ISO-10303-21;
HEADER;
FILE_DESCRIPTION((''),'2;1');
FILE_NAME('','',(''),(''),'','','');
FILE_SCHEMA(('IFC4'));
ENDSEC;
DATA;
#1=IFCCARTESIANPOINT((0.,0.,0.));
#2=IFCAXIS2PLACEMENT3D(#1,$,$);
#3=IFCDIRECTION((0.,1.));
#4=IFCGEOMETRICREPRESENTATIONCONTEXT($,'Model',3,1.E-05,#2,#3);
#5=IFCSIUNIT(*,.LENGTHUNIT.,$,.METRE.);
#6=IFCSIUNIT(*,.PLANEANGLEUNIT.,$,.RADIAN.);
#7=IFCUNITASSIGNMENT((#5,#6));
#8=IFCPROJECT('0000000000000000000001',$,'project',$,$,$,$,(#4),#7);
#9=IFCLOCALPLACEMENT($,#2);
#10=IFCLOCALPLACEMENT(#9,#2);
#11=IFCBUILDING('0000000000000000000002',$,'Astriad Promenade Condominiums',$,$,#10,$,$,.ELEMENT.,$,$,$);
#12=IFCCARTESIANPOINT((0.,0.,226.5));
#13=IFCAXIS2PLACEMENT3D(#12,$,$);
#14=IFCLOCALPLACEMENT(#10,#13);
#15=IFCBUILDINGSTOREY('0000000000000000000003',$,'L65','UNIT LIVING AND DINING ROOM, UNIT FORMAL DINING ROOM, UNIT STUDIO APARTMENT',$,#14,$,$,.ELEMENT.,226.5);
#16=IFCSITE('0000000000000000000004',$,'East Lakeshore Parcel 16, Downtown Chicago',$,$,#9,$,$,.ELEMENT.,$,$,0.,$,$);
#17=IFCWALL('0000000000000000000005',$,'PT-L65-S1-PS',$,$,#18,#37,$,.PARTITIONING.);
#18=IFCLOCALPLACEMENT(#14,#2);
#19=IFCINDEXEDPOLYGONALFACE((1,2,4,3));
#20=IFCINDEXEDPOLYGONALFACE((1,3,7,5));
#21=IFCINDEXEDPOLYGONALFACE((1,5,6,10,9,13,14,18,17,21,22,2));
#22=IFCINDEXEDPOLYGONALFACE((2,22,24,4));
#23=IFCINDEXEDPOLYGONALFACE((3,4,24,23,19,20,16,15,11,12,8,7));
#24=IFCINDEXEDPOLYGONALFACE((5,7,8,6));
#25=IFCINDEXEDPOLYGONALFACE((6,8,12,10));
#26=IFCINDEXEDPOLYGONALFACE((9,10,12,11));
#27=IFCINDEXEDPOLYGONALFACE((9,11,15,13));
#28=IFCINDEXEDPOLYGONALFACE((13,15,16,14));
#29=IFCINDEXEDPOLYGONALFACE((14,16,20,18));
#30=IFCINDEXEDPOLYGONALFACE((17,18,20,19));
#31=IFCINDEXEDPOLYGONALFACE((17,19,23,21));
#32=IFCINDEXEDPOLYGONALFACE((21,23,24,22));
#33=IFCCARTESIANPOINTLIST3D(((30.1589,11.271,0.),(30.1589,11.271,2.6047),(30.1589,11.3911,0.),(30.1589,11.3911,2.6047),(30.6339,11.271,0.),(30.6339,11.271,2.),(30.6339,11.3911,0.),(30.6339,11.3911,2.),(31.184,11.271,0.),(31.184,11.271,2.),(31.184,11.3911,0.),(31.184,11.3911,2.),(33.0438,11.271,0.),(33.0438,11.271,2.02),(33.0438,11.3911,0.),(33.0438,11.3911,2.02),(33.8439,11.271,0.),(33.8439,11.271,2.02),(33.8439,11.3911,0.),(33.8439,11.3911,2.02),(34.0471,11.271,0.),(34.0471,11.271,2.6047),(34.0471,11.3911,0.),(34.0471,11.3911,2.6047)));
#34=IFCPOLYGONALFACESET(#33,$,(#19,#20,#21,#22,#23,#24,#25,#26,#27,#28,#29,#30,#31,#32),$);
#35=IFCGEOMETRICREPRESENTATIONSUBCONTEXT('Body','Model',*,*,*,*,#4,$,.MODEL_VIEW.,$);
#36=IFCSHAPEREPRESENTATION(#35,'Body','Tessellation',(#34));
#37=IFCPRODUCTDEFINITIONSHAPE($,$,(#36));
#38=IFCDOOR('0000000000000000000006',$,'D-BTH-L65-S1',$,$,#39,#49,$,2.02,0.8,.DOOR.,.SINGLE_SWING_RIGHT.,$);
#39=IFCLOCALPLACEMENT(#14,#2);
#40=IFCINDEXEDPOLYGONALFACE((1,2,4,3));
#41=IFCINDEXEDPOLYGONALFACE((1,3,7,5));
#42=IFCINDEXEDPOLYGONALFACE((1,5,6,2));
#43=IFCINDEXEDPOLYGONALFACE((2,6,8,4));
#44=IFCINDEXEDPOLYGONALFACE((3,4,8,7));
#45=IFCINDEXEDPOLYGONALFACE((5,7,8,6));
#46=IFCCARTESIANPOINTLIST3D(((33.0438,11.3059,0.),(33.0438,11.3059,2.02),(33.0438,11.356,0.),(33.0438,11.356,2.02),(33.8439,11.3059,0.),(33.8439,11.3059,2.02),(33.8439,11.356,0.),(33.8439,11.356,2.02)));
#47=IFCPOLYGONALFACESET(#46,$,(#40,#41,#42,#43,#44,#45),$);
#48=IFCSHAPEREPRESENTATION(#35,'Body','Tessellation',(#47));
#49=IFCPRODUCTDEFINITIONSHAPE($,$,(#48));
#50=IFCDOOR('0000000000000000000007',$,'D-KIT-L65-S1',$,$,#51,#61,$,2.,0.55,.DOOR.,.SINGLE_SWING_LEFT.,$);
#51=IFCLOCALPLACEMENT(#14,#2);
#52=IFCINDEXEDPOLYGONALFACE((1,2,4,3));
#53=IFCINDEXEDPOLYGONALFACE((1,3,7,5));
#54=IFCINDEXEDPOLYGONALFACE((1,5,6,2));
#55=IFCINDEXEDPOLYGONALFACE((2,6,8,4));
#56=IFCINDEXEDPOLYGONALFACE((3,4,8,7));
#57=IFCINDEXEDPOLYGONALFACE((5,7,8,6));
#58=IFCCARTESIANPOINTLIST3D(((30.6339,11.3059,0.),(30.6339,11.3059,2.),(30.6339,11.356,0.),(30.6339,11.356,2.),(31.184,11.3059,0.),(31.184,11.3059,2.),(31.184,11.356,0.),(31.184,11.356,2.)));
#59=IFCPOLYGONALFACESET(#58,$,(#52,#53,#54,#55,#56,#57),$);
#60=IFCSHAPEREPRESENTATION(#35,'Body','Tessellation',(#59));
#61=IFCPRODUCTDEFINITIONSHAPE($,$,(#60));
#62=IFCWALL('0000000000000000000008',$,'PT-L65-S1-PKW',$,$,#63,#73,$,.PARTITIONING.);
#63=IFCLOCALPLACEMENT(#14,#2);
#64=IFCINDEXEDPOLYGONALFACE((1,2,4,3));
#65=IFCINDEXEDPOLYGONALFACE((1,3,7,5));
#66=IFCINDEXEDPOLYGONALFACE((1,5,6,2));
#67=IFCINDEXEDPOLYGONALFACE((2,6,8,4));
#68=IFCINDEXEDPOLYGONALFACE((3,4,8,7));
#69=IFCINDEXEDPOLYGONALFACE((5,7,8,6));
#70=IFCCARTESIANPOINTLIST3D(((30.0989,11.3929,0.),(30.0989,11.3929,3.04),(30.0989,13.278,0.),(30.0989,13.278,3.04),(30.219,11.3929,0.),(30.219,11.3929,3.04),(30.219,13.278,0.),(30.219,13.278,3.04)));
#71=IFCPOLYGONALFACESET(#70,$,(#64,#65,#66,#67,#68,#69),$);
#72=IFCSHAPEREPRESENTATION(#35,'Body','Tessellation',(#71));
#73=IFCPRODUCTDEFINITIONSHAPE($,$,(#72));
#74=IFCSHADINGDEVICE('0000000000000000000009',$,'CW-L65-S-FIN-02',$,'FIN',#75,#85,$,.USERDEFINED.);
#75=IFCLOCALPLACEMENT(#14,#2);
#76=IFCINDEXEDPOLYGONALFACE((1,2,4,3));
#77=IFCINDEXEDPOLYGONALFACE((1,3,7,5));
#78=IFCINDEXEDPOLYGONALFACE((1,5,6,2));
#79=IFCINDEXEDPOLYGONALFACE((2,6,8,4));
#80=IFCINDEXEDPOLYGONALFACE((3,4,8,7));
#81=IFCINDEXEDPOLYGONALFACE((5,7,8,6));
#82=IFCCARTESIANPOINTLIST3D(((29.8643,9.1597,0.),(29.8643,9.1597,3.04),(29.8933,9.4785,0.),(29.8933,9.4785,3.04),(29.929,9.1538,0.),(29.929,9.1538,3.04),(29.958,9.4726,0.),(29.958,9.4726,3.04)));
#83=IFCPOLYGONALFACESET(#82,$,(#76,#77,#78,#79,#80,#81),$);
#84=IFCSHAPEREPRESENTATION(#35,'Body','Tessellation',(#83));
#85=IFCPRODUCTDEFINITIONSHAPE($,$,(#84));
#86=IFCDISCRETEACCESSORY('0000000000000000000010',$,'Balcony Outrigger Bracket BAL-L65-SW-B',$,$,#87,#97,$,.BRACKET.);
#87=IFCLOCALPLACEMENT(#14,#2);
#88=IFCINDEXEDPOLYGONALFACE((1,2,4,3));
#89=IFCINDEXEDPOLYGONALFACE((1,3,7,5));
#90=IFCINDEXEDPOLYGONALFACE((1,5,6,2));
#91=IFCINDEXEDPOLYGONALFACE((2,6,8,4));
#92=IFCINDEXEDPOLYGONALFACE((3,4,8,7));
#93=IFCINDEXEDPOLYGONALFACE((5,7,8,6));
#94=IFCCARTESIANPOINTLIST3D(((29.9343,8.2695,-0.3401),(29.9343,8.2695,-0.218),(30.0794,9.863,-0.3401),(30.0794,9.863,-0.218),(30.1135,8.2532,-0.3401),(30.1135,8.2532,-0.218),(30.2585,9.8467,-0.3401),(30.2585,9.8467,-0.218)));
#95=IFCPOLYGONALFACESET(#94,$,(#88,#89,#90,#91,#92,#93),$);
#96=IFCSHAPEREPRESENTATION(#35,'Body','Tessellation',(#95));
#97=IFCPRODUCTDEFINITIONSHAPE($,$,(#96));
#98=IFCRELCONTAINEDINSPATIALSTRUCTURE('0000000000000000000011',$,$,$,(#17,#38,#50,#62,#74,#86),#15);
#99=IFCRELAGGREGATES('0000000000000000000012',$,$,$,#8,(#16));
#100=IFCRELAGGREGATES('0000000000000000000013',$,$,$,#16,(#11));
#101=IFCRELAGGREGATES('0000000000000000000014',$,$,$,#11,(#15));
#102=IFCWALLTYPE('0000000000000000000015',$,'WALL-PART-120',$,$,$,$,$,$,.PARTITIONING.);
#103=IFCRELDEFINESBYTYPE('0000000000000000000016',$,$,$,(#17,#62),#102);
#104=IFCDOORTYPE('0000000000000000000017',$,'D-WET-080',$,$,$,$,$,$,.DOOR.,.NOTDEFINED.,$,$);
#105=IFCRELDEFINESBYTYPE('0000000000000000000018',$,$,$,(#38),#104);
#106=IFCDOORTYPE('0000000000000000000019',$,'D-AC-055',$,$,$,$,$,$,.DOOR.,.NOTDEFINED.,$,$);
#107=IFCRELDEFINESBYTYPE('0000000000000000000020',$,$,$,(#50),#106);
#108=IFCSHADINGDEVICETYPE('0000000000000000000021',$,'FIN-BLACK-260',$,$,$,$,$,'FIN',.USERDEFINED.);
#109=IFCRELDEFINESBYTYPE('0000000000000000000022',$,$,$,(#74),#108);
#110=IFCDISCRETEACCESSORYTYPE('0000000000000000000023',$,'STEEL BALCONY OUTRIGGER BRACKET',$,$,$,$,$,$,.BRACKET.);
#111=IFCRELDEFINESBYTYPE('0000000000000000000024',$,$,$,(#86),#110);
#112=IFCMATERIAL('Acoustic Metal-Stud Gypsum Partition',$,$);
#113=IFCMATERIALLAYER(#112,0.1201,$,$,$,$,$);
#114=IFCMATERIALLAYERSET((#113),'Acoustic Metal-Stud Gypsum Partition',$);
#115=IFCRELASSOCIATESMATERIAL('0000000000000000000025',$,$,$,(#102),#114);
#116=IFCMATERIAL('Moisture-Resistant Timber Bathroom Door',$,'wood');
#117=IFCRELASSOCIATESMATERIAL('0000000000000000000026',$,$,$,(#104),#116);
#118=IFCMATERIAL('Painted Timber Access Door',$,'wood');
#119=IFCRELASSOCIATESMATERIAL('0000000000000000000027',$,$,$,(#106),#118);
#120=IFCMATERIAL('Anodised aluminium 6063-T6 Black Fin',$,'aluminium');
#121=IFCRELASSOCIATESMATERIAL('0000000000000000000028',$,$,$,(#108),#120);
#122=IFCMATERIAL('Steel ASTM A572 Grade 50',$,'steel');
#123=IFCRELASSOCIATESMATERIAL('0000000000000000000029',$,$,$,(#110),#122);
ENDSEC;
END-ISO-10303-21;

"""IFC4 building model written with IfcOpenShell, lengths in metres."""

from ifc_helpers import new_model, si_unit, direction, frame, frame_2d, origin, origin_2d, place, context, subcontext, project, spatial, rectangle, extrude, source, transform, mapped, material, layer, layer_set, type_object, type_shapes, element, fill, save


model = new_model("IFC4")

# Units and contexts
model_context = context("Model", 3, precision=1e-05, world=origin(), true_north=direction((0.0, 1.0)))
body_context = subcontext(model_context, "Body", "Model", "MODEL_VIEW")
ifc_project = project(units=[si_unit("LENGTHUNIT", "METRE"), si_unit("PLANEANGLEUNIT", "RADIAN")], contexts=[model_context])

# Site, building, storey
site_placement = place(None, origin())
site = spatial("IfcSite", under=ifc_project, at=site_placement, Name="East Lakeshore Parcel 16, Downtown Chicago", CompositionType="ELEMENT", RefElevation=0.0)
building_placement = place(site_placement, origin())
building = spatial("IfcBuilding", under=site, at=building_placement, Name="Astriad Promenade Condominiums", CompositionType="ELEMENT")
storey_placement = place(building_placement, frame((0.0, 0.0, 226.5)))
storey = spatial("IfcBuildingStorey", under=building, at=storey_placement, Name="L65", Description="UNIT LIVING AND DINING ROOM, UNIT FORMAL DINING ROOM, UNIT STUDIO APARTMENT", CompositionType="ELEMENT", Elevation=226.5)

# Wall, openings, doors
ifc_material_1 = material(Name="Acoustic Metal-Stud Gypsum Partition")
ifc_layer_1 = layer(ifc_material_1, 0.1201)
ifc_layer_set_1 = layer_set([ifc_layer_1], Name="Acoustic Metal-Stud Gypsum Partition")
wall_type_1 = type_object("IfcWallType", Name="WALL-PART-120", PredefinedType="PARTITIONING", material=ifc_layer_set_1)
wall_1_placement = place(storey_placement, frame((30.1589, 11.3311, 0.0), z_axis=(0.0, 0.0, 1.0), x_axis=(1.0, 0.0, 0.0)))
wall_1 = element("IfcWall", 1, at=wall_1_placement, inside=storey, type_object=wall_type_1, Name="PT-L65-S1-PS", PredefinedType="PARTITIONING", context=body_context, shape_type="SweptSolid", body=[
    extrude(rectangle(XDim=3.8882, YDim=0.1201, at=frame_2d((1.9441, 0.0))), origin(), (0.0, 0.0, 1.0), 2.6047),
])
opening_1_placement = place(wall_1_placement, frame((0.4751, 0.0, 0.0)))
opening_1 = element("IfcOpeningElement", 2, at=opening_1_placement, cuts=wall_1, PredefinedType="OPENING", context=body_context, shape_type="SweptSolid", body=[
    extrude(rectangle(XDim=0.55, YDim=2.0, at=frame_2d((0.2749, 1.0))), frame((0.0, 0.0701, 0.0), z_axis=(0.0, -1.0, 0.0), x_axis=(1.0, 0.0, 0.0)), (0.0, 0.0, 1.0), 0.1401),
])
opening_2_placement = place(wall_1_placement, frame((2.885, 0.0, 0.0)))
opening_2 = element("IfcOpeningElement", 3, at=opening_2_placement, cuts=wall_1, PredefinedType="OPENING", context=body_context, shape_type="SweptSolid", body=[
    extrude(rectangle(XDim=0.8, YDim=2.02, at=frame_2d((0.3999, 1.01))), frame((0.0, 0.0701, 0.0), z_axis=(0.0, -1.0, 0.0), x_axis=(1.0, 0.0, 0.0)), (0.0, 0.0, 1.0), 0.1401),
])
ifc_material_2 = material(Name="Moisture-Resistant Timber Bathroom Door", Category="wood")
door_type_1 = type_object("IfcDoorType", Name="D-WET-080", OperationType="NOTDEFINED", PredefinedType="DOOR", material=ifc_material_2)
shared_shape_1 = source(origin(), body_context, "Body", "SweptSolid", [
    extrude(rectangle(XDim=0.8, YDim=2.02, at=frame_2d((0.3999, 1.01))), frame((0.0, 0.0249, 0.0), z_axis=(0.0, -1.0, 0.0), x_axis=(1.0, 0.0, 0.0)), (0.0, 0.0, 1.0), 0.05),
])
type_shapes(door_type_1, [shared_shape_1])
door_1_placement = place(opening_2_placement, origin())
door_1 = element("IfcDoor", 4, at=door_1_placement, inside=storey, type_object=door_type_1, Name="D-BTH-L65-S1", OperationType="SINGLE_SWING_RIGHT", OverallHeight=2.02, OverallWidth=0.8, PredefinedType="DOOR", context=body_context, shape_type="MappedRepresentation", body=[
    mapped(shared_shape_1, transform((0.0, 0.0, 0.0), scale=1.0)),
])
fill(opening_2, door_1)
ifc_material_3 = material(Name="Painted Timber Access Door", Category="wood")
door_type_2 = type_object("IfcDoorType", Name="D-AC-055", OperationType="NOTDEFINED", PredefinedType="DOOR", material=ifc_material_3)
shared_shape_2 = source(origin(), body_context, "Body", "SweptSolid", [
    extrude(rectangle(XDim=0.55, YDim=2.0, at=frame_2d((0.2749, 1.0))), frame((0.0, 0.0249, 0.0), z_axis=(0.0, -1.0, 0.0), x_axis=(1.0, 0.0, 0.0)), (0.0, 0.0, 1.0), 0.05),
])
type_shapes(door_type_2, [shared_shape_2])
door_2_placement = place(opening_1_placement, origin())
door_2 = element("IfcDoor", 5, at=door_2_placement, inside=storey, type_object=door_type_2, Name="D-KIT-L65-S1", OperationType="SINGLE_SWING_LEFT", OverallHeight=2.0, OverallWidth=0.55, PredefinedType="DOOR", context=body_context, shape_type="MappedRepresentation", body=[
    mapped(shared_shape_2, transform((0.0, 0.0, 0.0), scale=1.0)),
])
fill(opening_1, door_2)

# Wall
wall_2_placement = place(storey_placement, frame((30.1589, 11.3931, 0.0), z_axis=(0.0, 0.0, 1.0), x_axis=(0.0, 1.0, 0.0)))
element("IfcWall", 6, at=wall_2_placement, inside=storey, type_object=wall_type_1, Name="PT-L65-S1-PKW", PredefinedType="PARTITIONING", context=body_context, shape_type="SweptSolid", body=[
    extrude(rectangle(XDim=1.885, YDim=0.1201, at=frame_2d((0.9424, 0.0))), origin(), (0.0, 0.0, 1.0), 3.04),
])

# Shading device
ifc_material_4 = material(Name="Anodised aluminium 6063-T6 Black Fin", Category="aluminium")
shading_device_type = type_object("IfcShadingDeviceType", Name="FIN-BLACK-260", ElementType="FIN", PredefinedType="USERDEFINED", material=ifc_material_4)
shared_shape_3 = source(origin(), body_context, "Body", "SweptSolid", [
    extrude(rectangle(XDim=0.0649, YDim=0.3201, at=origin_2d()), origin(), (0.0, 0.0, 1.0), 3.04),
])
type_shapes(shading_device_type, [shared_shape_3])
shading_device_placement = place(storey_placement, frame((29.9111, 9.3162, 0.0), z_axis=(0.0, 0.0, 1.0), x_axis=(-0.995884, 0.090633, 0.0)))
element("IfcShadingDevice", 7, at=shading_device_placement, inside=storey, type_object=shading_device_type, Name="CW-L65-S-FIN-02", ObjectType="FIN", PredefinedType="USERDEFINED", context=body_context, shape_type="MappedRepresentation", body=[
    mapped(shared_shape_3, transform((0.0, 0.0, 0.0), scale=1.0)),
])

# Discrete accessory
ifc_material_5 = material(Name="Steel ASTM A572 Grade 50", Category="steel")
discrete_accessory_type = type_object("IfcDiscreteAccessoryType", Name="STEEL BALCONY OUTRIGGER BRACKET", PredefinedType="BRACKET", material=ifc_material_5)
shared_shape_4 = source(origin(), body_context, "Body", "SweptSolid", [
    extrude(rectangle(XDim=1.6001, YDim=0.1799, at=origin_2d()), origin(), (0.0, 0.0, 1.0), 0.1221),
])
type_shapes(discrete_accessory_type, [shared_shape_4])
discrete_accessory_placement = place(storey_placement, frame((30.0964, 9.0581, -0.3401), z_axis=(0.0, 0.0, 1.0), x_axis=(-0.090633, -0.995884, 0.0)))
element("IfcDiscreteAccessory", 8, at=discrete_accessory_placement, inside=storey, type_object=discrete_accessory_type, Name="Balcony Outrigger Bracket BAL-L65-SW-B", PredefinedType="BRACKET", context=body_context, shape_type="MappedRepresentation", body=[
    mapped(shared_shape_4, transform((0.0, 0.0, 0.0), scale=1.0)),
])

save(model, "model.ifc")
